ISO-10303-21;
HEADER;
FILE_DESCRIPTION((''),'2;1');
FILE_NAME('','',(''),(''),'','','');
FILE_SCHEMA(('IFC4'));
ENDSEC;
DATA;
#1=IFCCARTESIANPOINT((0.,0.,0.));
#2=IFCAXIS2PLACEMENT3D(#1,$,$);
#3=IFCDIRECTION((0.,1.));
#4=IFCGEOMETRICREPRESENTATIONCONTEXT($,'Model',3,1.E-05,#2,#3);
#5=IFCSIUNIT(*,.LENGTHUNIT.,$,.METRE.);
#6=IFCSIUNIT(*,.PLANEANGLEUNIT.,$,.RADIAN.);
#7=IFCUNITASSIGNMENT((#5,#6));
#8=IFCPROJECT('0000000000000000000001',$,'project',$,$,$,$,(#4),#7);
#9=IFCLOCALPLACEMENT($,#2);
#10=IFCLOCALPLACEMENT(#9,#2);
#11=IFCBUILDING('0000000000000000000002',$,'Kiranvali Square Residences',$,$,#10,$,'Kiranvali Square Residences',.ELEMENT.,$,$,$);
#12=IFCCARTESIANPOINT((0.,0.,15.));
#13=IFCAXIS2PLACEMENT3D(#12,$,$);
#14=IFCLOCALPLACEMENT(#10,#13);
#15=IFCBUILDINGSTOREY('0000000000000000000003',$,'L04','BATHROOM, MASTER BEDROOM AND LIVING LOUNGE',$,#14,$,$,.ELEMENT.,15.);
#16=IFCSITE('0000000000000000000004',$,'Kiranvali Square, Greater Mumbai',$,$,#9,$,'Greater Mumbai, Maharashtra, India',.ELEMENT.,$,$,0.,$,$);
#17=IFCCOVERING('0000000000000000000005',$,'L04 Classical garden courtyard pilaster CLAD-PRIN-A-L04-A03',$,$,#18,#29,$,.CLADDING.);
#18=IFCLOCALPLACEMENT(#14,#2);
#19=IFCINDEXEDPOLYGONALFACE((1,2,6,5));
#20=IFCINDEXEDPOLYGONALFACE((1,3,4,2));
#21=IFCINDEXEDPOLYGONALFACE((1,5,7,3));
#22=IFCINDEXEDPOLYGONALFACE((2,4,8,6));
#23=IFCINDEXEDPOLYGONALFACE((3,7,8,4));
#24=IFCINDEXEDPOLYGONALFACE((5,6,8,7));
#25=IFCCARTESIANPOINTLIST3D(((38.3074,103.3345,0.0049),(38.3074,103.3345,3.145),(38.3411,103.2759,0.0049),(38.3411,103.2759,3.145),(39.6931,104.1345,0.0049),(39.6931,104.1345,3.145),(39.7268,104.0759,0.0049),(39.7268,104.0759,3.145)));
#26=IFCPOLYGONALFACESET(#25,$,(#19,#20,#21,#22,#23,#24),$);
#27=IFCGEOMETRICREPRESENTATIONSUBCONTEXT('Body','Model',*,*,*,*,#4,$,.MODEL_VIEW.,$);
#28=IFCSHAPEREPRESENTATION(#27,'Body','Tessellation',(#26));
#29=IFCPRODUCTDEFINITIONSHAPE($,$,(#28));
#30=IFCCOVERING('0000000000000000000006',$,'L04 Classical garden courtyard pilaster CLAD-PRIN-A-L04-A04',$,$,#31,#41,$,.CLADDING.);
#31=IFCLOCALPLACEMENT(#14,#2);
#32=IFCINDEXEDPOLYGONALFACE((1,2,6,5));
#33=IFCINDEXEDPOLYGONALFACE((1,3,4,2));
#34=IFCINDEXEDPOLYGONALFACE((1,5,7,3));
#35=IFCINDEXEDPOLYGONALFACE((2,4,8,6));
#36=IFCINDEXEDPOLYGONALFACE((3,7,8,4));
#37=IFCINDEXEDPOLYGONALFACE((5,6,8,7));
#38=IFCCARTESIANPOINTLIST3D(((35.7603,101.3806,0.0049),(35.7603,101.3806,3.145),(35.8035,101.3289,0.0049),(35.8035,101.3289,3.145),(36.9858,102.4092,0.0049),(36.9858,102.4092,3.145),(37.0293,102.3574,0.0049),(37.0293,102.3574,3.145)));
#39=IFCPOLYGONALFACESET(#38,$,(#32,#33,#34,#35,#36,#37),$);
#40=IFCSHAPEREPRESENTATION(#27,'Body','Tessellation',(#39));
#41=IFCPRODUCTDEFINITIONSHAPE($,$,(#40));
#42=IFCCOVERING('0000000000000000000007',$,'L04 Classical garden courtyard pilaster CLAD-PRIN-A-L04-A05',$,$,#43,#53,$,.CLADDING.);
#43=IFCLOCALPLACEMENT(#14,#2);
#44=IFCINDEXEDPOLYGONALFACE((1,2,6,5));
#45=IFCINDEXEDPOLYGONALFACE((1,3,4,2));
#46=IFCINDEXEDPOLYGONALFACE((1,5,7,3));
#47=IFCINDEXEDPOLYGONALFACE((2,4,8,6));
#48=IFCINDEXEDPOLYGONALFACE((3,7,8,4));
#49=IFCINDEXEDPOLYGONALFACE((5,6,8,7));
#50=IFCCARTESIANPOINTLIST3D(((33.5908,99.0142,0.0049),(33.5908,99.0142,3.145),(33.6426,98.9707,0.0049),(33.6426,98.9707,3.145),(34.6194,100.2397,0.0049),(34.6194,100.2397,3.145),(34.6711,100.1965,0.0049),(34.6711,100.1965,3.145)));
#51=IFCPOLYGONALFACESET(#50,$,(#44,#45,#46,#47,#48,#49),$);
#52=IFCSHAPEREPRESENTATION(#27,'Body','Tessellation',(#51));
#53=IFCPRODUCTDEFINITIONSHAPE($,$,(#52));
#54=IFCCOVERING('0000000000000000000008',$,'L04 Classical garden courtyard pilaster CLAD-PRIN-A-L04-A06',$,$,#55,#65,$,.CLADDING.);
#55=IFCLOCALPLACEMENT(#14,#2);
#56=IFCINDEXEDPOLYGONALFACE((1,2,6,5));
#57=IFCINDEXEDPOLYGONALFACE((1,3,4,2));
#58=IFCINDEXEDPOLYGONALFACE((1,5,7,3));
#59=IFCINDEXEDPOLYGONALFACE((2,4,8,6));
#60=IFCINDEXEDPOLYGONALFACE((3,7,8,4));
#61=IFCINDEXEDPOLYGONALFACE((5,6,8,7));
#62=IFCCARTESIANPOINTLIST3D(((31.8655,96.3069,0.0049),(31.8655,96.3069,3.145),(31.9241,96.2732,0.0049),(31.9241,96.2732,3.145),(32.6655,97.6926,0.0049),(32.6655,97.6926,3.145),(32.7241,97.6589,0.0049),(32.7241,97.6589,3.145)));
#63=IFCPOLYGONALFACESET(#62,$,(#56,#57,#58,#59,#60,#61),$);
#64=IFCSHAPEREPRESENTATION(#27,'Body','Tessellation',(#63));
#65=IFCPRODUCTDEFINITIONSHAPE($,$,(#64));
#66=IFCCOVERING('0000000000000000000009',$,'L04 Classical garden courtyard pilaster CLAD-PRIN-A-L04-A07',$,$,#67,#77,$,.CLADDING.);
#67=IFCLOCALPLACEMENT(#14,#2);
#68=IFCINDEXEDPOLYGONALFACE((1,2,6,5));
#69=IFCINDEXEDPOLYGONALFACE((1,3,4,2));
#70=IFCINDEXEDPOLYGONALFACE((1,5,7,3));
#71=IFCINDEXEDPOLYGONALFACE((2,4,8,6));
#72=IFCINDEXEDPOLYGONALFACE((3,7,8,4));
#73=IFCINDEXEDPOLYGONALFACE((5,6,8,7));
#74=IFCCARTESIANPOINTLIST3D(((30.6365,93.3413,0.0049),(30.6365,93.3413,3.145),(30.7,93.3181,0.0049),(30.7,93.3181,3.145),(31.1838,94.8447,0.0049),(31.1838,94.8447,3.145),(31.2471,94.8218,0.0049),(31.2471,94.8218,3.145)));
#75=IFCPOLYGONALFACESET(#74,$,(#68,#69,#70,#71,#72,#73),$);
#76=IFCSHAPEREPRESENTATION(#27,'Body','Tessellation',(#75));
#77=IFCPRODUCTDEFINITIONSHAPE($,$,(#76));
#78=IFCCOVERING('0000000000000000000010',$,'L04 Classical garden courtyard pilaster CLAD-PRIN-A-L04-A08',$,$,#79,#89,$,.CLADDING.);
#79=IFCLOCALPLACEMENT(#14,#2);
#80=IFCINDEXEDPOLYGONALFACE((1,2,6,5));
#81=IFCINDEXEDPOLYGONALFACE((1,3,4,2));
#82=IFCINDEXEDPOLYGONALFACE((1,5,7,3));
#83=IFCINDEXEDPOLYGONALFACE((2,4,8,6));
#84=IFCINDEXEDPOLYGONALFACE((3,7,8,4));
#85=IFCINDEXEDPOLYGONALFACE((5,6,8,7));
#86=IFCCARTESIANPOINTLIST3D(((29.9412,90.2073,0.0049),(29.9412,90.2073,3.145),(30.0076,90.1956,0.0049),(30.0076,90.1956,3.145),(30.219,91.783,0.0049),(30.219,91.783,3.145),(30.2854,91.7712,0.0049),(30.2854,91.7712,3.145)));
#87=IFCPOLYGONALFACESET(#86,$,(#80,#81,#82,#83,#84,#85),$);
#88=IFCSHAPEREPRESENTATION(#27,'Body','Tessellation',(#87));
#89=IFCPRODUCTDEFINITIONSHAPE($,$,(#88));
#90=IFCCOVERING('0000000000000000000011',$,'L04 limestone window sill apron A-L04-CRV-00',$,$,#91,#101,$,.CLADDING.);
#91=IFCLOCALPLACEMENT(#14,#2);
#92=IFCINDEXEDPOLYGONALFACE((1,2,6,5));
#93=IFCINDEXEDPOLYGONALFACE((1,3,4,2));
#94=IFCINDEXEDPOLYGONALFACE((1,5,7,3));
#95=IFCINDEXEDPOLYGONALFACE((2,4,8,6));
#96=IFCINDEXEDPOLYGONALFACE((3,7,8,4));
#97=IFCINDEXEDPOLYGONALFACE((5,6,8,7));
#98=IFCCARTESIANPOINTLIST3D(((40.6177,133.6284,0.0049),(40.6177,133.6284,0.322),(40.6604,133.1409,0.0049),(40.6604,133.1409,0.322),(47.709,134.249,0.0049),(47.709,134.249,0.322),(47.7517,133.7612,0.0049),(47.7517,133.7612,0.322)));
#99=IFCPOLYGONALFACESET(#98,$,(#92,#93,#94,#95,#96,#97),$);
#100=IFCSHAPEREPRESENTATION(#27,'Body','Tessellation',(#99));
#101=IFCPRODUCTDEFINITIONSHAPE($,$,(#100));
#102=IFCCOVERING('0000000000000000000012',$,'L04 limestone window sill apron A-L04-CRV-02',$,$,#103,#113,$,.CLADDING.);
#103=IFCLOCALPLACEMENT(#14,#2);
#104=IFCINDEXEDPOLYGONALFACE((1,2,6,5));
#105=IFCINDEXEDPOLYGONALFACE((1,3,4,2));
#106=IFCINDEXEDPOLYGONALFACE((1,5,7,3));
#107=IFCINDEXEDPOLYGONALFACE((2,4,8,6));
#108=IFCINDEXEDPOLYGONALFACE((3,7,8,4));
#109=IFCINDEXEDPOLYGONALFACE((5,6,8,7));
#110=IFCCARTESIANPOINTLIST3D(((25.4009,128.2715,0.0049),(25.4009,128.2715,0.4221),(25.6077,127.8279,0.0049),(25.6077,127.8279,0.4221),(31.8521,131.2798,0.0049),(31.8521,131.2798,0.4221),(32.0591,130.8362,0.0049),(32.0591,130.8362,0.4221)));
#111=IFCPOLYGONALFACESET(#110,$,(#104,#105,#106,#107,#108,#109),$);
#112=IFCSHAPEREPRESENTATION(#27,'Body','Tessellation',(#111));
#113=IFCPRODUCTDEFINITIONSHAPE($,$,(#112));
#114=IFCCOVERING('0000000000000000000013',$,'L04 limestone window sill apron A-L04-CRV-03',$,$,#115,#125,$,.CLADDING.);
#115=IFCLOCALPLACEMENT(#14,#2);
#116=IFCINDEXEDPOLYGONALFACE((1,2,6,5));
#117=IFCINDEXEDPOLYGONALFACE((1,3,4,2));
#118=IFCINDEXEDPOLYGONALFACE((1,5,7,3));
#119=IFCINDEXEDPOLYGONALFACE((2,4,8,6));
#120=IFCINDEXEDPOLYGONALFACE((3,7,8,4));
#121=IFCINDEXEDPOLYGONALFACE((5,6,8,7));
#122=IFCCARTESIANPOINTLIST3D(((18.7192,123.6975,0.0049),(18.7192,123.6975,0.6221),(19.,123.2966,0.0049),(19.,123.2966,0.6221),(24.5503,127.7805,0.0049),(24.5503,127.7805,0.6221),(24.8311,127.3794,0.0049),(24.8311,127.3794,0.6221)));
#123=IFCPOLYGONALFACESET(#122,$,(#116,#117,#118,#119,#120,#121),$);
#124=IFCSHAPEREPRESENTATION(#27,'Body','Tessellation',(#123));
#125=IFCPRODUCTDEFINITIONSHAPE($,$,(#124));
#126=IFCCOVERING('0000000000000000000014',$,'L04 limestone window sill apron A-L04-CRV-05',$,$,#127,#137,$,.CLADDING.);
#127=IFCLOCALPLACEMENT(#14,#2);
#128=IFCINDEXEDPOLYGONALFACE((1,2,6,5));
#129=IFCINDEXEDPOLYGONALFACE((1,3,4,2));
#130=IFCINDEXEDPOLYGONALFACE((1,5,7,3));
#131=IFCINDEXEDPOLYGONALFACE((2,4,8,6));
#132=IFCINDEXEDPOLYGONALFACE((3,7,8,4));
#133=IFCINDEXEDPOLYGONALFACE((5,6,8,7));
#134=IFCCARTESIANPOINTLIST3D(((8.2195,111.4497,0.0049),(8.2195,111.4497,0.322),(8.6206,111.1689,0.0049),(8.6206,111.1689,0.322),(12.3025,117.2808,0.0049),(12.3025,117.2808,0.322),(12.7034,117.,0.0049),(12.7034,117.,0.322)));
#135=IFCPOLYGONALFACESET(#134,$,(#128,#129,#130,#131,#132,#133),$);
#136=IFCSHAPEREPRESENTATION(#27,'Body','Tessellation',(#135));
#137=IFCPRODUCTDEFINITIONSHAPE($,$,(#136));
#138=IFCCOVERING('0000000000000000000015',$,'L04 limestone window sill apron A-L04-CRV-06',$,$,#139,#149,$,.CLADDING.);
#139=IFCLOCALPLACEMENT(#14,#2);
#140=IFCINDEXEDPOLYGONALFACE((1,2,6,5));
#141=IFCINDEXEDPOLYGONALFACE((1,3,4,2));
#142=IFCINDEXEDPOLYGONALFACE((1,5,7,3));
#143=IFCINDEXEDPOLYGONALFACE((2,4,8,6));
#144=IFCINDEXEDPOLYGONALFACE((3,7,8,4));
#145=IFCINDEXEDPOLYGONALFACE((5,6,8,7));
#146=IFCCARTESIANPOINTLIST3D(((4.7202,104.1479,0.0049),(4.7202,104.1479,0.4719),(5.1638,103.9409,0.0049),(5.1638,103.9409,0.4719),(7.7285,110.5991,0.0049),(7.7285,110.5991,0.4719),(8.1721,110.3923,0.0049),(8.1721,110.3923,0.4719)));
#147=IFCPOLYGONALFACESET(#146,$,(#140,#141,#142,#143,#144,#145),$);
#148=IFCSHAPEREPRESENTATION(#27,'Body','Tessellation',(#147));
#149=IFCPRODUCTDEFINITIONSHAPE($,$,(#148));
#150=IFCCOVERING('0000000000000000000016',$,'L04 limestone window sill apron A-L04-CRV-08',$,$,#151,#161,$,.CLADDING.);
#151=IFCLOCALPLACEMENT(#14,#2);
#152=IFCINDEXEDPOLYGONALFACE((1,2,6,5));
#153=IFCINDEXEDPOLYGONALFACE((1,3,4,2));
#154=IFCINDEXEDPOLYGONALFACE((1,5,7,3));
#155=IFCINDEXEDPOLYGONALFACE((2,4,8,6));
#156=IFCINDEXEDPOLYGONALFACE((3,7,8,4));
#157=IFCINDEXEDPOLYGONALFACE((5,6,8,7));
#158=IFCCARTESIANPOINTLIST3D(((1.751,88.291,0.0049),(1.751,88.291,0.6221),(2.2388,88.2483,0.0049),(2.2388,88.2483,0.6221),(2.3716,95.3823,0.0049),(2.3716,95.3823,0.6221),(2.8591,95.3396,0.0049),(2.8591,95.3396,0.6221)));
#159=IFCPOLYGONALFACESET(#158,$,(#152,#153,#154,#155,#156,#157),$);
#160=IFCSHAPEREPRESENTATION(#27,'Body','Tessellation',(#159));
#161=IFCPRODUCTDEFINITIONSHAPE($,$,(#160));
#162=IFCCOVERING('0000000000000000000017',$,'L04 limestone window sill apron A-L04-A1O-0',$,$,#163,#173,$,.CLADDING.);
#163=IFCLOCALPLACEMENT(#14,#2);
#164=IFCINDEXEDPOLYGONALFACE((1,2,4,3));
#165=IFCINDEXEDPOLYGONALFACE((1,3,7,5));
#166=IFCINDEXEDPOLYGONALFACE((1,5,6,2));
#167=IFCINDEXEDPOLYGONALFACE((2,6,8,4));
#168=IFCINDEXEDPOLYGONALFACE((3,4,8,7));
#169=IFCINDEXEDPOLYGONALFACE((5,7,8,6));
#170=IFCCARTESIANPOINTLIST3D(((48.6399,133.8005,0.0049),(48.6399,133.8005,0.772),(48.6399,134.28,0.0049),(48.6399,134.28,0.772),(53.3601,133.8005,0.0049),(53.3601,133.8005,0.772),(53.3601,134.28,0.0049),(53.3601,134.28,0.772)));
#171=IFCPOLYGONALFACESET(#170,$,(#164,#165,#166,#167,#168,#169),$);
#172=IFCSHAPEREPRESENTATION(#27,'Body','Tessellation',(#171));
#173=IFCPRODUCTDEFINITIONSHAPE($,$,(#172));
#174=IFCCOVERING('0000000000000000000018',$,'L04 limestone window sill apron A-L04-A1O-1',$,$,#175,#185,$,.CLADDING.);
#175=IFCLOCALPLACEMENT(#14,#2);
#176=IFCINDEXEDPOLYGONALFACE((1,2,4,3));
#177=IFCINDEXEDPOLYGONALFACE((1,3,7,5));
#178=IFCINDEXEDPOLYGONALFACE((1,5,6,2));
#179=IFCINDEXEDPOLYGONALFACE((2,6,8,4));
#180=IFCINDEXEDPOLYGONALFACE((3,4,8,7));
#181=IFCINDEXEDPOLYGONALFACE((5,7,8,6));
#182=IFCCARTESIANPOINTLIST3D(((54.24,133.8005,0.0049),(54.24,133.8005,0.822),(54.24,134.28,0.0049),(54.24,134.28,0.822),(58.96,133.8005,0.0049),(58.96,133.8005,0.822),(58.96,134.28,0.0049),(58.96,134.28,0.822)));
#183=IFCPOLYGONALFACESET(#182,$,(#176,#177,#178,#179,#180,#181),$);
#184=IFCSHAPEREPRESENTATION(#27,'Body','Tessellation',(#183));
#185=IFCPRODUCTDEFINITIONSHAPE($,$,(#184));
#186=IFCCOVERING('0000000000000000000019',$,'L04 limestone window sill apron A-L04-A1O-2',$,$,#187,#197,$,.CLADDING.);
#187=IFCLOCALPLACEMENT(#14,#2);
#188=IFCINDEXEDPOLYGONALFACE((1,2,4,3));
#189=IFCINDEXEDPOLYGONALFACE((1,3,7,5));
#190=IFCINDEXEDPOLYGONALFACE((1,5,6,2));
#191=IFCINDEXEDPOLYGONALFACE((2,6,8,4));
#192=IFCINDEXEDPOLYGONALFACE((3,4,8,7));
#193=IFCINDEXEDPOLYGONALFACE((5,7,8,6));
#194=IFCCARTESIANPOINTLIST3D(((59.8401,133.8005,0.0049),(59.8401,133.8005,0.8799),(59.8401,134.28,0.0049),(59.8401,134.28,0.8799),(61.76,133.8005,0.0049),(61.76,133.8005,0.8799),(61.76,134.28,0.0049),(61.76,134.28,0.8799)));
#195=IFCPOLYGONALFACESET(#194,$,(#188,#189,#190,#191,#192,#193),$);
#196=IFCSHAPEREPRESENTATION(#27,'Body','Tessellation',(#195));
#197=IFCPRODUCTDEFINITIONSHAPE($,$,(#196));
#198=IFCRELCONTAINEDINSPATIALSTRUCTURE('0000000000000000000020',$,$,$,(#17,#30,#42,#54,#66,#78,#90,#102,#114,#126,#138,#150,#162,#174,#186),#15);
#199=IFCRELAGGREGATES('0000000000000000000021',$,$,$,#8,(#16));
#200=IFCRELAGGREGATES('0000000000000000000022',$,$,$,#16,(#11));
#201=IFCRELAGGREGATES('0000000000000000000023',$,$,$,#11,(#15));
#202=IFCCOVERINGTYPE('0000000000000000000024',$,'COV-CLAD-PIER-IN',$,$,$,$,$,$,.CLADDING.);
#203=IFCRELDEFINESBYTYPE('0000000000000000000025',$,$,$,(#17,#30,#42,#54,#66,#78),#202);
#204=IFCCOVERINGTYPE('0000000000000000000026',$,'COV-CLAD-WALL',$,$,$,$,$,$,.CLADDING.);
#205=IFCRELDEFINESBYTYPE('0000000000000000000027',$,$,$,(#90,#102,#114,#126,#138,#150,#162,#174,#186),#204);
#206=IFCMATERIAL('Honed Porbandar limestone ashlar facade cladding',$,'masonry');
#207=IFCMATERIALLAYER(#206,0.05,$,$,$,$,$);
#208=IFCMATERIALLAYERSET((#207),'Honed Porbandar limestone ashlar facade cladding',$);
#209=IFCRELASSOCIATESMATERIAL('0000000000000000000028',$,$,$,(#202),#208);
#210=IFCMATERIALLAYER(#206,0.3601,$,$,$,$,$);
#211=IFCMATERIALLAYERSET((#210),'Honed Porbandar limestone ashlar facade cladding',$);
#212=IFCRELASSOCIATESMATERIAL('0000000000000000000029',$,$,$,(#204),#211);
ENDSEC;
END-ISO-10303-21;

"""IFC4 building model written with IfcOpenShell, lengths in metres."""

from ifc_helpers import new_model, si_unit, direction, frame, origin, place, context, subcontext, project, spatial, polyline, outline, extrude, material, layer, layer_set, type_object, element, save


model = new_model("IFC4")

# Units and contexts
model_context = context("Model", 3, precision=1e-05, world=origin(), true_north=direction((0.0, 1.0)))
body_context = subcontext(model_context, "Body", "Model", "MODEL_VIEW")
ifc_project = project(units=[si_unit("LENGTHUNIT", "METRE"), si_unit("PLANEANGLEUNIT", "RADIAN")], contexts=[model_context])

# Site, building, storey
site_placement = place(None, origin())
site = spatial("IfcSite", under=ifc_project, at=site_placement, Name="Kiranvali Square, Greater Mumbai", LongName="Greater Mumbai, Maharashtra, India", CompositionType="ELEMENT", RefElevation=0.0)
building_placement = place(site_placement, origin())
building = spatial("IfcBuilding", under=site, at=building_placement, Name="Kiranvali Square Residences", LongName="Kiranvali Square Residences", CompositionType="ELEMENT")
storey_placement = place(building_placement, frame((0.0, 0.0, 15.0)))
storey = spatial("IfcBuildingStorey", under=building, at=storey_placement, Name="L04", Description="BATHROOM, MASTER BEDROOM AND LIVING LOUNGE", CompositionType="ELEMENT", Elevation=15.0)

# Coverings
ifc_material = material(Name="Honed Porbandar limestone ashlar facade cladding", Category="masonry")
ifc_layer_1 = layer(ifc_material, 0.05)
ifc_layer_set_1 = layer_set([ifc_layer_1], Name="Honed Porbandar limestone ashlar facade cladding")
covering_type_1 = type_object("IfcCoveringType", Name="COV-CLAD-PIER-IN", PredefinedType="CLADDING", material=ifc_layer_set_1)
covering_1_placement = place(storey_placement, frame((0.0, 0.0, 0.0049)))
element("IfcCovering", 1, at=covering_1_placement, inside=storey, type_object=covering_type_1, Name="L04 Classical garden courtyard pilaster CLAD-PRIN-A-L04-A03", PredefinedType="CLADDING", context=body_context, shape_type="SweptSolid", body=[
    extrude(outline(polyline([(38.3411, 103.2759), (39.7268, 104.0759), (39.6931, 104.1345), (38.3074, 103.3345), (38.3411, 103.2759)])), origin(), (0.0, 0.0, 1.0), 3.1401),
])
covering_2_placement = place(storey_placement, frame((0.0, 0.0, 0.0049)))
element("IfcCovering", 2, at=covering_2_placement, inside=storey, type_object=covering_type_1, Name="L04 Classical garden courtyard pilaster CLAD-PRIN-A-L04-A04", PredefinedType="CLADDING", context=body_context, shape_type="SweptSolid", body=[
    extrude(outline(polyline([(35.8035, 101.3289), (37.0293, 102.3574), (36.9858, 102.4092), (35.7603, 101.3806), (35.8035, 101.3289)])), origin(), (0.0, 0.0, 1.0), 3.1401),
])
covering_3_placement = place(storey_placement, frame((0.0, 0.0, 0.0049)))
element("IfcCovering", 3, at=covering_3_placement, inside=storey, type_object=covering_type_1, Name="L04 Classical garden courtyard pilaster CLAD-PRIN-A-L04-A05", PredefinedType="CLADDING", context=body_context, shape_type="SweptSolid", body=[
    extrude(outline(polyline([(33.6426, 98.9707), (34.6711, 100.1965), (34.6194, 100.2397), (33.5908, 99.0142), (33.6426, 98.9707)])), origin(), (0.0, 0.0, 1.0), 3.1401),
])
covering_4_placement = place(storey_placement, frame((0.0, 0.0, 0.0049)))
element("IfcCovering", 4, at=covering_4_placement, inside=storey, type_object=covering_type_1, Name="L04 Classical garden courtyard pilaster CLAD-PRIN-A-L04-A06", PredefinedType="CLADDING", context=body_context, shape_type="SweptSolid", body=[
    extrude(outline(polyline([(31.9241, 96.2732), (32.7241, 97.6589), (32.6655, 97.6926), (31.8655, 96.3069), (31.9241, 96.2732)])), origin(), (0.0, 0.0, 1.0), 3.1401),
])
covering_5_placement = place(storey_placement, frame((0.0, 0.0, 0.0049)))
element("IfcCovering", 5, at=covering_5_placement, inside=storey, type_object=covering_type_1, Name="L04 Classical garden courtyard pilaster CLAD-PRIN-A-L04-A07", PredefinedType="CLADDING", context=body_context, shape_type="SweptSolid", body=[
    extrude(outline(polyline([(30.7, 93.3181), (31.2471, 94.8218), (31.1838, 94.8447), (30.6365, 93.3413), (30.7, 93.3181)])), origin(), (0.0, 0.0, 1.0), 3.1401),
])
covering_6_placement = place(storey_placement, frame((0.0, 0.0, 0.0049)))
element("IfcCovering", 6, at=covering_6_placement, inside=storey, type_object=covering_type_1, Name="L04 Classical garden courtyard pilaster CLAD-PRIN-A-L04-A08", PredefinedType="CLADDING", context=body_context, shape_type="SweptSolid", body=[
    extrude(outline(polyline([(30.0076, 90.1956), (30.2854, 91.7712), (30.219, 91.783), (29.9412, 90.2073), (30.0076, 90.1956)])), origin(), (0.0, 0.0, 1.0), 3.1401),
])
ifc_layer_2 = layer(ifc_material, 0.3601)
ifc_layer_set_2 = layer_set([ifc_layer_2], Name="Honed Porbandar limestone ashlar facade cladding")
covering_type_2 = type_object("IfcCoveringType", Name="COV-CLAD-WALL", PredefinedType="CLADDING", material=ifc_layer_set_2)
covering_7_placement = place(storey_placement, frame((0.0, 0.0, 0.0049)))
element("IfcCovering", 7, at=covering_7_placement, inside=storey, type_object=covering_type_2, Name="L04 limestone window sill apron A-L04-CRV-00", PredefinedType="CLADDING", context=body_context, shape_type="SweptSolid", body=[
    extrude(outline(polyline([(47.709, 134.249), (40.6177, 133.6284), (40.6604, 133.1409), (47.7517, 133.7612), (47.709, 134.249)])), origin(), (0.0, 0.0, 1.0), 0.3171),
])
covering_8_placement = place(storey_placement, frame((0.0, 0.0, 0.0049)))
element("IfcCovering", 8, at=covering_8_placement, inside=storey, type_object=covering_type_2, Name="L04 limestone window sill apron A-L04-CRV-02", PredefinedType="CLADDING", context=body_context, shape_type="SweptSolid", body=[
    extrude(outline(polyline([(31.8521, 131.2798), (25.4009, 128.2715), (25.6077, 127.8279), (32.0591, 130.8362), (31.8521, 131.2798)])), origin(), (0.0, 0.0, 1.0), 0.4172),
])
covering_9_placement = place(storey_placement, frame((0.0, 0.0, 0.0049)))
element("IfcCovering", 9, at=covering_9_placement, inside=storey, type_object=covering_type_2, Name="L04 limestone window sill apron A-L04-CRV-03", PredefinedType="CLADDING", context=body_context, shape_type="SweptSolid", body=[
    extrude(outline(polyline([(24.5503, 127.7805), (18.7192, 123.6975), (19.0, 123.2966), (24.8311, 127.3794), (24.5503, 127.7805)])), origin(), (0.0, 0.0, 1.0), 0.6172),
])
covering_10_placement = place(storey_placement, frame((0.0, 0.0, 0.0049)))
element("IfcCovering", 10, at=covering_10_placement, inside=storey, type_object=covering_type_2, Name="L04 limestone window sill apron A-L04-CRV-05", PredefinedType="CLADDING", context=body_context, shape_type="SweptSolid", body=[
    extrude(outline(polyline([(12.3025, 117.2808), (8.2195, 111.4497), (8.6206, 111.1689), (12.7034, 117.0), (12.3025, 117.2808)])), origin(), (0.0, 0.0, 1.0), 0.3171),
])
covering_11_placement = place(storey_placement, frame((0.0, 0.0, 0.0049)))
element("IfcCovering", 11, at=covering_11_placement, inside=storey, type_object=covering_type_2, Name="L04 limestone window sill apron A-L04-CRV-06", PredefinedType="CLADDING", context=body_context, shape_type="SweptSolid", body=[
    extrude(outline(polyline([(7.7285, 110.5991), (4.7202, 104.1479), (5.1638, 103.9409), (8.1721, 110.3923), (7.7285, 110.5991)])), origin(), (0.0, 0.0, 1.0), 0.467),
])
covering_12_placement = place(storey_placement, frame((0.0, 0.0, 0.0049)))
element("IfcCovering", 12, at=covering_12_placement, inside=storey, type_object=covering_type_2, Name="L04 limestone window sill apron A-L04-CRV-08", PredefinedType="CLADDING", context=body_context, shape_type="SweptSolid", body=[
    extrude(outline(polyline([(2.3716, 95.3823), (1.751, 88.291), (2.2388, 88.2483), (2.8591, 95.3396), (2.3716, 95.3823)])), origin(), (0.0, 0.0, 1.0), 0.6172),
])
covering_13_placement = place(storey_placement, frame((0.0, 0.0, 0.0049)))
element("IfcCovering", 13, at=covering_13_placement, inside=storey, type_object=covering_type_2, Name="L04 limestone window sill apron A-L04-A1O-0", PredefinedType="CLADDING", context=body_context, shape_type="SweptSolid", body=[
    extrude(outline(polyline([(48.6399, 133.8005), (53.3601, 133.8005), (53.3601, 134.28), (48.6399, 134.28), (48.6399, 133.8005)])), origin(), (0.0, 0.0, 1.0), 0.7671),
])
covering_14_placement = place(storey_placement, frame((0.0, 0.0, 0.0049)))
element("IfcCovering", 14, at=covering_14_placement, inside=storey, type_object=covering_type_2, Name="L04 limestone window sill apron A-L04-A1O-1", PredefinedType="CLADDING", context=body_context, shape_type="SweptSolid", body=[
    extrude(outline(polyline([(54.24, 133.8005), (58.96, 133.8005), (58.96, 134.28), (54.24, 134.28), (54.24, 133.8005)])), origin(), (0.0, 0.0, 1.0), 0.8171),
])
covering_15_placement = place(storey_placement, frame((0.0, 0.0, 0.0049)))
element("IfcCovering", 15, at=covering_15_placement, inside=storey, type_object=covering_type_2, Name="L04 limestone window sill apron A-L04-A1O-2", PredefinedType="CLADDING", context=body_context, shape_type="SweptSolid", body=[
    extrude(outline(polyline([(59.8401, 133.8005), (61.76, 133.8005), (61.76, 134.28), (59.8401, 134.28), (59.8401, 133.8005)])), origin(), (0.0, 0.0, 1.0), 0.875),
])

save(model, "model.ifc")
